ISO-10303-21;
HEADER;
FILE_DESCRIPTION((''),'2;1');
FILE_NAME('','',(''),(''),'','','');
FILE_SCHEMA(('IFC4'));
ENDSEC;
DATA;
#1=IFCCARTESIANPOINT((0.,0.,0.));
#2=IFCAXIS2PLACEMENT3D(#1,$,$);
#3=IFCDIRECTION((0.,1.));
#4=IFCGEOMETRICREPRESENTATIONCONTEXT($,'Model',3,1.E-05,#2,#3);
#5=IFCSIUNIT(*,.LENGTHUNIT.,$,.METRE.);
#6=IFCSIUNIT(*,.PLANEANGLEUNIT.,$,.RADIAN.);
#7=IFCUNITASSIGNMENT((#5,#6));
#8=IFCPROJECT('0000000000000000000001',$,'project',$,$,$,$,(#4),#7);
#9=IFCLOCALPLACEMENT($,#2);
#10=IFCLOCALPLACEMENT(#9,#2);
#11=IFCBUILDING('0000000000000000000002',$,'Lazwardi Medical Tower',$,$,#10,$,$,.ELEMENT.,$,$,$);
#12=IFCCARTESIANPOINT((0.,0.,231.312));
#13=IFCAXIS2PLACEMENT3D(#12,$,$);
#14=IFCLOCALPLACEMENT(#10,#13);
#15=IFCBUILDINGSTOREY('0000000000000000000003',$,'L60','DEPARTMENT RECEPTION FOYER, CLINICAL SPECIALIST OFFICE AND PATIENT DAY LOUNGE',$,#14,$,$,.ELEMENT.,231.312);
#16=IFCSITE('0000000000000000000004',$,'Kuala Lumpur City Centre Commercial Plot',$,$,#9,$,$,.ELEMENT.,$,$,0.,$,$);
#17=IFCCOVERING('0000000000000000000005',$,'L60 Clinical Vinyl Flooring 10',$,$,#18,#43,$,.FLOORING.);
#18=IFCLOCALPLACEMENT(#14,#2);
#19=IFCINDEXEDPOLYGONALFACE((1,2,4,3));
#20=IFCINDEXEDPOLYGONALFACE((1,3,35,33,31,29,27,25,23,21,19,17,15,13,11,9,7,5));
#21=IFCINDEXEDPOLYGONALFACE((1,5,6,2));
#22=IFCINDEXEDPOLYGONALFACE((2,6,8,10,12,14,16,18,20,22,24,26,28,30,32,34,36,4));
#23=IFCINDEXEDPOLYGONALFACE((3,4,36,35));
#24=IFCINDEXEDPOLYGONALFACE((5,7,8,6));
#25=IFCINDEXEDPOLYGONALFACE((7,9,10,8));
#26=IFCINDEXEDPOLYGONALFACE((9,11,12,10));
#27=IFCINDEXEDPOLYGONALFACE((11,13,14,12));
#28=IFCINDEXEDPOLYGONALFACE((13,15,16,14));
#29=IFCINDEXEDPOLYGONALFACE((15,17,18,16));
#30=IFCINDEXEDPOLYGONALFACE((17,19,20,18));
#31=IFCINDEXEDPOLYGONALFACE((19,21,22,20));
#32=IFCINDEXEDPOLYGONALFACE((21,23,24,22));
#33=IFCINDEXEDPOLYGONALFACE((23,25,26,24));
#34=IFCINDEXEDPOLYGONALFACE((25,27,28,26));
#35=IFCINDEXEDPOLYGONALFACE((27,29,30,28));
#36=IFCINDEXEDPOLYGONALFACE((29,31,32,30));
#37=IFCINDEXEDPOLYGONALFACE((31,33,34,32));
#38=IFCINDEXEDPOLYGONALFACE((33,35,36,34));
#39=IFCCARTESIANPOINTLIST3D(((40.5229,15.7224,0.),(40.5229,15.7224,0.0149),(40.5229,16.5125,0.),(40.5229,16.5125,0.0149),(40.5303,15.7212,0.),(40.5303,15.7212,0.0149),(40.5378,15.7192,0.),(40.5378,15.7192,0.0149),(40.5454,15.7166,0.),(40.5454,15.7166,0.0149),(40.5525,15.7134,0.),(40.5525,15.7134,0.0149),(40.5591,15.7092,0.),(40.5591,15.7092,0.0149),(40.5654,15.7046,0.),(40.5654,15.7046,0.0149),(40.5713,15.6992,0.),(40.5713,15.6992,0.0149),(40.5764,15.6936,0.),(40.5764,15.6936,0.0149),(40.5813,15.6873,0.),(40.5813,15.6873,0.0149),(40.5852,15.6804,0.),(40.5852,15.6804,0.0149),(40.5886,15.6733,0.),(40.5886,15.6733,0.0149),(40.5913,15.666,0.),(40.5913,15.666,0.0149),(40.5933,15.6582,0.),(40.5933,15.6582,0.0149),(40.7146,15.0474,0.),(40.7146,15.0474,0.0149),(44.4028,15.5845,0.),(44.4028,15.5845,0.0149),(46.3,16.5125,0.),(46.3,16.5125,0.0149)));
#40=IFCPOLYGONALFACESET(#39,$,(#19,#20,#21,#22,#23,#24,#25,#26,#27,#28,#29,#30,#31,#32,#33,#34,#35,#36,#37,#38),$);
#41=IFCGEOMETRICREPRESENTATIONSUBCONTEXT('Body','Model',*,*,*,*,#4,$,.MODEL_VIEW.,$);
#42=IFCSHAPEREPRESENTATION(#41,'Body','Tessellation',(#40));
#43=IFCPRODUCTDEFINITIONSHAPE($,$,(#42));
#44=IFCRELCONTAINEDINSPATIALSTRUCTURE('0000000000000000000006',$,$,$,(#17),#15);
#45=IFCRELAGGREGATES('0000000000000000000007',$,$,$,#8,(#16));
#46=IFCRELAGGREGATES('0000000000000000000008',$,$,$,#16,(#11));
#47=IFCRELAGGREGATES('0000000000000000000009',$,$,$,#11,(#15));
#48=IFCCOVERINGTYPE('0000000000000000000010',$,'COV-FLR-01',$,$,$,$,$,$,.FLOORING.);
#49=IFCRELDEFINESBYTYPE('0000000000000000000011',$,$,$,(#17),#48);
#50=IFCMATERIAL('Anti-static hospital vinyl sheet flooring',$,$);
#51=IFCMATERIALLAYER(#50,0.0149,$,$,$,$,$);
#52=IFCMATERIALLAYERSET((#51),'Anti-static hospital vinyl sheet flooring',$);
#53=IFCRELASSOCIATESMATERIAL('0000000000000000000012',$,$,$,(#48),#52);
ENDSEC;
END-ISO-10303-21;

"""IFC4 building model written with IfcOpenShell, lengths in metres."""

from ifc_helpers import new_model, si_unit, direction, frame, origin, place, context, subcontext, project, spatial, polyline, outline, extrude, material, layer, layer_set, type_object, element, save


model = new_model("IFC4")

# Units and contexts
model_context = context("Model", 3, precision=1e-05, world=origin(), true_north=direction((0.0, 1.0)))
body_context = subcontext(model_context, "Body", "Model", "MODEL_VIEW")
ifc_project = project(units=[si_unit("LENGTHUNIT", "METRE"), si_unit("PLANEANGLEUNIT", "RADIAN")], contexts=[model_context])

# Site, building, storey
site_placement = place(None, origin())
site = spatial("IfcSite", under=ifc_project, at=site_placement, Name="Kuala Lumpur City Centre Commercial Plot", CompositionType="ELEMENT", RefElevation=0.0)
building_placement = place(site_placement, origin())
building = spatial("IfcBuilding", under=site, at=building_placement, Name="Lazwardi Medical Tower", CompositionType="ELEMENT")
storey_placement = place(building_placement, frame((0.0, 0.0, 231.312)))
storey = spatial("IfcBuildingStorey", under=building, at=storey_placement, Name="L60", Description="DEPARTMENT RECEPTION FOYER, CLINICAL SPECIALIST OFFICE AND PATIENT DAY LOUNGE", CompositionType="ELEMENT", Elevation=231.312)

# Covering
ifc_material_1 = material(Name="Anti-static hospital vinyl sheet flooring")
ifc_layer_1 = layer(ifc_material_1, 0.0149)
ifc_layer_set_1 = layer_set([ifc_layer_1], Name="Anti-static hospital vinyl sheet flooring")
covering_type_1 = type_object("IfcCoveringType", Name="COV-FLR-01", PredefinedType="FLOORING", material=ifc_layer_set_1)
covering_1_placement = place(storey_placement, origin())
element("IfcCovering", 1, at=covering_1_placement, inside=storey, type_object=covering_type_1, Name="L60 Clinical Vinyl Flooring 10", PredefinedType="FLOORING", context=body_context, shape_type="SweptSolid", body=[
    extrude(outline(polyline([(40.5229, 15.7224), (40.5303, 15.7212), (40.5378, 15.7192), (40.5454, 15.7166), (40.5525, 15.7134), (40.5591, 15.7092), (40.5654, 15.7046), (40.5713, 15.6992), (40.5764, 15.6936), (40.5813, 15.6873), (40.5852, 15.6804), (40.5886, 15.6733), (40.5913, 15.666), (40.5933, 15.6582), (40.7146, 15.0474), (44.4028, 15.5845), (46.3, 16.5125), (40.5229, 16.5125), (40.5229, 15.7224)])), origin(), (0.0, 0.0, 1.0), 0.0149),
])

save(model, "model.ifc")
